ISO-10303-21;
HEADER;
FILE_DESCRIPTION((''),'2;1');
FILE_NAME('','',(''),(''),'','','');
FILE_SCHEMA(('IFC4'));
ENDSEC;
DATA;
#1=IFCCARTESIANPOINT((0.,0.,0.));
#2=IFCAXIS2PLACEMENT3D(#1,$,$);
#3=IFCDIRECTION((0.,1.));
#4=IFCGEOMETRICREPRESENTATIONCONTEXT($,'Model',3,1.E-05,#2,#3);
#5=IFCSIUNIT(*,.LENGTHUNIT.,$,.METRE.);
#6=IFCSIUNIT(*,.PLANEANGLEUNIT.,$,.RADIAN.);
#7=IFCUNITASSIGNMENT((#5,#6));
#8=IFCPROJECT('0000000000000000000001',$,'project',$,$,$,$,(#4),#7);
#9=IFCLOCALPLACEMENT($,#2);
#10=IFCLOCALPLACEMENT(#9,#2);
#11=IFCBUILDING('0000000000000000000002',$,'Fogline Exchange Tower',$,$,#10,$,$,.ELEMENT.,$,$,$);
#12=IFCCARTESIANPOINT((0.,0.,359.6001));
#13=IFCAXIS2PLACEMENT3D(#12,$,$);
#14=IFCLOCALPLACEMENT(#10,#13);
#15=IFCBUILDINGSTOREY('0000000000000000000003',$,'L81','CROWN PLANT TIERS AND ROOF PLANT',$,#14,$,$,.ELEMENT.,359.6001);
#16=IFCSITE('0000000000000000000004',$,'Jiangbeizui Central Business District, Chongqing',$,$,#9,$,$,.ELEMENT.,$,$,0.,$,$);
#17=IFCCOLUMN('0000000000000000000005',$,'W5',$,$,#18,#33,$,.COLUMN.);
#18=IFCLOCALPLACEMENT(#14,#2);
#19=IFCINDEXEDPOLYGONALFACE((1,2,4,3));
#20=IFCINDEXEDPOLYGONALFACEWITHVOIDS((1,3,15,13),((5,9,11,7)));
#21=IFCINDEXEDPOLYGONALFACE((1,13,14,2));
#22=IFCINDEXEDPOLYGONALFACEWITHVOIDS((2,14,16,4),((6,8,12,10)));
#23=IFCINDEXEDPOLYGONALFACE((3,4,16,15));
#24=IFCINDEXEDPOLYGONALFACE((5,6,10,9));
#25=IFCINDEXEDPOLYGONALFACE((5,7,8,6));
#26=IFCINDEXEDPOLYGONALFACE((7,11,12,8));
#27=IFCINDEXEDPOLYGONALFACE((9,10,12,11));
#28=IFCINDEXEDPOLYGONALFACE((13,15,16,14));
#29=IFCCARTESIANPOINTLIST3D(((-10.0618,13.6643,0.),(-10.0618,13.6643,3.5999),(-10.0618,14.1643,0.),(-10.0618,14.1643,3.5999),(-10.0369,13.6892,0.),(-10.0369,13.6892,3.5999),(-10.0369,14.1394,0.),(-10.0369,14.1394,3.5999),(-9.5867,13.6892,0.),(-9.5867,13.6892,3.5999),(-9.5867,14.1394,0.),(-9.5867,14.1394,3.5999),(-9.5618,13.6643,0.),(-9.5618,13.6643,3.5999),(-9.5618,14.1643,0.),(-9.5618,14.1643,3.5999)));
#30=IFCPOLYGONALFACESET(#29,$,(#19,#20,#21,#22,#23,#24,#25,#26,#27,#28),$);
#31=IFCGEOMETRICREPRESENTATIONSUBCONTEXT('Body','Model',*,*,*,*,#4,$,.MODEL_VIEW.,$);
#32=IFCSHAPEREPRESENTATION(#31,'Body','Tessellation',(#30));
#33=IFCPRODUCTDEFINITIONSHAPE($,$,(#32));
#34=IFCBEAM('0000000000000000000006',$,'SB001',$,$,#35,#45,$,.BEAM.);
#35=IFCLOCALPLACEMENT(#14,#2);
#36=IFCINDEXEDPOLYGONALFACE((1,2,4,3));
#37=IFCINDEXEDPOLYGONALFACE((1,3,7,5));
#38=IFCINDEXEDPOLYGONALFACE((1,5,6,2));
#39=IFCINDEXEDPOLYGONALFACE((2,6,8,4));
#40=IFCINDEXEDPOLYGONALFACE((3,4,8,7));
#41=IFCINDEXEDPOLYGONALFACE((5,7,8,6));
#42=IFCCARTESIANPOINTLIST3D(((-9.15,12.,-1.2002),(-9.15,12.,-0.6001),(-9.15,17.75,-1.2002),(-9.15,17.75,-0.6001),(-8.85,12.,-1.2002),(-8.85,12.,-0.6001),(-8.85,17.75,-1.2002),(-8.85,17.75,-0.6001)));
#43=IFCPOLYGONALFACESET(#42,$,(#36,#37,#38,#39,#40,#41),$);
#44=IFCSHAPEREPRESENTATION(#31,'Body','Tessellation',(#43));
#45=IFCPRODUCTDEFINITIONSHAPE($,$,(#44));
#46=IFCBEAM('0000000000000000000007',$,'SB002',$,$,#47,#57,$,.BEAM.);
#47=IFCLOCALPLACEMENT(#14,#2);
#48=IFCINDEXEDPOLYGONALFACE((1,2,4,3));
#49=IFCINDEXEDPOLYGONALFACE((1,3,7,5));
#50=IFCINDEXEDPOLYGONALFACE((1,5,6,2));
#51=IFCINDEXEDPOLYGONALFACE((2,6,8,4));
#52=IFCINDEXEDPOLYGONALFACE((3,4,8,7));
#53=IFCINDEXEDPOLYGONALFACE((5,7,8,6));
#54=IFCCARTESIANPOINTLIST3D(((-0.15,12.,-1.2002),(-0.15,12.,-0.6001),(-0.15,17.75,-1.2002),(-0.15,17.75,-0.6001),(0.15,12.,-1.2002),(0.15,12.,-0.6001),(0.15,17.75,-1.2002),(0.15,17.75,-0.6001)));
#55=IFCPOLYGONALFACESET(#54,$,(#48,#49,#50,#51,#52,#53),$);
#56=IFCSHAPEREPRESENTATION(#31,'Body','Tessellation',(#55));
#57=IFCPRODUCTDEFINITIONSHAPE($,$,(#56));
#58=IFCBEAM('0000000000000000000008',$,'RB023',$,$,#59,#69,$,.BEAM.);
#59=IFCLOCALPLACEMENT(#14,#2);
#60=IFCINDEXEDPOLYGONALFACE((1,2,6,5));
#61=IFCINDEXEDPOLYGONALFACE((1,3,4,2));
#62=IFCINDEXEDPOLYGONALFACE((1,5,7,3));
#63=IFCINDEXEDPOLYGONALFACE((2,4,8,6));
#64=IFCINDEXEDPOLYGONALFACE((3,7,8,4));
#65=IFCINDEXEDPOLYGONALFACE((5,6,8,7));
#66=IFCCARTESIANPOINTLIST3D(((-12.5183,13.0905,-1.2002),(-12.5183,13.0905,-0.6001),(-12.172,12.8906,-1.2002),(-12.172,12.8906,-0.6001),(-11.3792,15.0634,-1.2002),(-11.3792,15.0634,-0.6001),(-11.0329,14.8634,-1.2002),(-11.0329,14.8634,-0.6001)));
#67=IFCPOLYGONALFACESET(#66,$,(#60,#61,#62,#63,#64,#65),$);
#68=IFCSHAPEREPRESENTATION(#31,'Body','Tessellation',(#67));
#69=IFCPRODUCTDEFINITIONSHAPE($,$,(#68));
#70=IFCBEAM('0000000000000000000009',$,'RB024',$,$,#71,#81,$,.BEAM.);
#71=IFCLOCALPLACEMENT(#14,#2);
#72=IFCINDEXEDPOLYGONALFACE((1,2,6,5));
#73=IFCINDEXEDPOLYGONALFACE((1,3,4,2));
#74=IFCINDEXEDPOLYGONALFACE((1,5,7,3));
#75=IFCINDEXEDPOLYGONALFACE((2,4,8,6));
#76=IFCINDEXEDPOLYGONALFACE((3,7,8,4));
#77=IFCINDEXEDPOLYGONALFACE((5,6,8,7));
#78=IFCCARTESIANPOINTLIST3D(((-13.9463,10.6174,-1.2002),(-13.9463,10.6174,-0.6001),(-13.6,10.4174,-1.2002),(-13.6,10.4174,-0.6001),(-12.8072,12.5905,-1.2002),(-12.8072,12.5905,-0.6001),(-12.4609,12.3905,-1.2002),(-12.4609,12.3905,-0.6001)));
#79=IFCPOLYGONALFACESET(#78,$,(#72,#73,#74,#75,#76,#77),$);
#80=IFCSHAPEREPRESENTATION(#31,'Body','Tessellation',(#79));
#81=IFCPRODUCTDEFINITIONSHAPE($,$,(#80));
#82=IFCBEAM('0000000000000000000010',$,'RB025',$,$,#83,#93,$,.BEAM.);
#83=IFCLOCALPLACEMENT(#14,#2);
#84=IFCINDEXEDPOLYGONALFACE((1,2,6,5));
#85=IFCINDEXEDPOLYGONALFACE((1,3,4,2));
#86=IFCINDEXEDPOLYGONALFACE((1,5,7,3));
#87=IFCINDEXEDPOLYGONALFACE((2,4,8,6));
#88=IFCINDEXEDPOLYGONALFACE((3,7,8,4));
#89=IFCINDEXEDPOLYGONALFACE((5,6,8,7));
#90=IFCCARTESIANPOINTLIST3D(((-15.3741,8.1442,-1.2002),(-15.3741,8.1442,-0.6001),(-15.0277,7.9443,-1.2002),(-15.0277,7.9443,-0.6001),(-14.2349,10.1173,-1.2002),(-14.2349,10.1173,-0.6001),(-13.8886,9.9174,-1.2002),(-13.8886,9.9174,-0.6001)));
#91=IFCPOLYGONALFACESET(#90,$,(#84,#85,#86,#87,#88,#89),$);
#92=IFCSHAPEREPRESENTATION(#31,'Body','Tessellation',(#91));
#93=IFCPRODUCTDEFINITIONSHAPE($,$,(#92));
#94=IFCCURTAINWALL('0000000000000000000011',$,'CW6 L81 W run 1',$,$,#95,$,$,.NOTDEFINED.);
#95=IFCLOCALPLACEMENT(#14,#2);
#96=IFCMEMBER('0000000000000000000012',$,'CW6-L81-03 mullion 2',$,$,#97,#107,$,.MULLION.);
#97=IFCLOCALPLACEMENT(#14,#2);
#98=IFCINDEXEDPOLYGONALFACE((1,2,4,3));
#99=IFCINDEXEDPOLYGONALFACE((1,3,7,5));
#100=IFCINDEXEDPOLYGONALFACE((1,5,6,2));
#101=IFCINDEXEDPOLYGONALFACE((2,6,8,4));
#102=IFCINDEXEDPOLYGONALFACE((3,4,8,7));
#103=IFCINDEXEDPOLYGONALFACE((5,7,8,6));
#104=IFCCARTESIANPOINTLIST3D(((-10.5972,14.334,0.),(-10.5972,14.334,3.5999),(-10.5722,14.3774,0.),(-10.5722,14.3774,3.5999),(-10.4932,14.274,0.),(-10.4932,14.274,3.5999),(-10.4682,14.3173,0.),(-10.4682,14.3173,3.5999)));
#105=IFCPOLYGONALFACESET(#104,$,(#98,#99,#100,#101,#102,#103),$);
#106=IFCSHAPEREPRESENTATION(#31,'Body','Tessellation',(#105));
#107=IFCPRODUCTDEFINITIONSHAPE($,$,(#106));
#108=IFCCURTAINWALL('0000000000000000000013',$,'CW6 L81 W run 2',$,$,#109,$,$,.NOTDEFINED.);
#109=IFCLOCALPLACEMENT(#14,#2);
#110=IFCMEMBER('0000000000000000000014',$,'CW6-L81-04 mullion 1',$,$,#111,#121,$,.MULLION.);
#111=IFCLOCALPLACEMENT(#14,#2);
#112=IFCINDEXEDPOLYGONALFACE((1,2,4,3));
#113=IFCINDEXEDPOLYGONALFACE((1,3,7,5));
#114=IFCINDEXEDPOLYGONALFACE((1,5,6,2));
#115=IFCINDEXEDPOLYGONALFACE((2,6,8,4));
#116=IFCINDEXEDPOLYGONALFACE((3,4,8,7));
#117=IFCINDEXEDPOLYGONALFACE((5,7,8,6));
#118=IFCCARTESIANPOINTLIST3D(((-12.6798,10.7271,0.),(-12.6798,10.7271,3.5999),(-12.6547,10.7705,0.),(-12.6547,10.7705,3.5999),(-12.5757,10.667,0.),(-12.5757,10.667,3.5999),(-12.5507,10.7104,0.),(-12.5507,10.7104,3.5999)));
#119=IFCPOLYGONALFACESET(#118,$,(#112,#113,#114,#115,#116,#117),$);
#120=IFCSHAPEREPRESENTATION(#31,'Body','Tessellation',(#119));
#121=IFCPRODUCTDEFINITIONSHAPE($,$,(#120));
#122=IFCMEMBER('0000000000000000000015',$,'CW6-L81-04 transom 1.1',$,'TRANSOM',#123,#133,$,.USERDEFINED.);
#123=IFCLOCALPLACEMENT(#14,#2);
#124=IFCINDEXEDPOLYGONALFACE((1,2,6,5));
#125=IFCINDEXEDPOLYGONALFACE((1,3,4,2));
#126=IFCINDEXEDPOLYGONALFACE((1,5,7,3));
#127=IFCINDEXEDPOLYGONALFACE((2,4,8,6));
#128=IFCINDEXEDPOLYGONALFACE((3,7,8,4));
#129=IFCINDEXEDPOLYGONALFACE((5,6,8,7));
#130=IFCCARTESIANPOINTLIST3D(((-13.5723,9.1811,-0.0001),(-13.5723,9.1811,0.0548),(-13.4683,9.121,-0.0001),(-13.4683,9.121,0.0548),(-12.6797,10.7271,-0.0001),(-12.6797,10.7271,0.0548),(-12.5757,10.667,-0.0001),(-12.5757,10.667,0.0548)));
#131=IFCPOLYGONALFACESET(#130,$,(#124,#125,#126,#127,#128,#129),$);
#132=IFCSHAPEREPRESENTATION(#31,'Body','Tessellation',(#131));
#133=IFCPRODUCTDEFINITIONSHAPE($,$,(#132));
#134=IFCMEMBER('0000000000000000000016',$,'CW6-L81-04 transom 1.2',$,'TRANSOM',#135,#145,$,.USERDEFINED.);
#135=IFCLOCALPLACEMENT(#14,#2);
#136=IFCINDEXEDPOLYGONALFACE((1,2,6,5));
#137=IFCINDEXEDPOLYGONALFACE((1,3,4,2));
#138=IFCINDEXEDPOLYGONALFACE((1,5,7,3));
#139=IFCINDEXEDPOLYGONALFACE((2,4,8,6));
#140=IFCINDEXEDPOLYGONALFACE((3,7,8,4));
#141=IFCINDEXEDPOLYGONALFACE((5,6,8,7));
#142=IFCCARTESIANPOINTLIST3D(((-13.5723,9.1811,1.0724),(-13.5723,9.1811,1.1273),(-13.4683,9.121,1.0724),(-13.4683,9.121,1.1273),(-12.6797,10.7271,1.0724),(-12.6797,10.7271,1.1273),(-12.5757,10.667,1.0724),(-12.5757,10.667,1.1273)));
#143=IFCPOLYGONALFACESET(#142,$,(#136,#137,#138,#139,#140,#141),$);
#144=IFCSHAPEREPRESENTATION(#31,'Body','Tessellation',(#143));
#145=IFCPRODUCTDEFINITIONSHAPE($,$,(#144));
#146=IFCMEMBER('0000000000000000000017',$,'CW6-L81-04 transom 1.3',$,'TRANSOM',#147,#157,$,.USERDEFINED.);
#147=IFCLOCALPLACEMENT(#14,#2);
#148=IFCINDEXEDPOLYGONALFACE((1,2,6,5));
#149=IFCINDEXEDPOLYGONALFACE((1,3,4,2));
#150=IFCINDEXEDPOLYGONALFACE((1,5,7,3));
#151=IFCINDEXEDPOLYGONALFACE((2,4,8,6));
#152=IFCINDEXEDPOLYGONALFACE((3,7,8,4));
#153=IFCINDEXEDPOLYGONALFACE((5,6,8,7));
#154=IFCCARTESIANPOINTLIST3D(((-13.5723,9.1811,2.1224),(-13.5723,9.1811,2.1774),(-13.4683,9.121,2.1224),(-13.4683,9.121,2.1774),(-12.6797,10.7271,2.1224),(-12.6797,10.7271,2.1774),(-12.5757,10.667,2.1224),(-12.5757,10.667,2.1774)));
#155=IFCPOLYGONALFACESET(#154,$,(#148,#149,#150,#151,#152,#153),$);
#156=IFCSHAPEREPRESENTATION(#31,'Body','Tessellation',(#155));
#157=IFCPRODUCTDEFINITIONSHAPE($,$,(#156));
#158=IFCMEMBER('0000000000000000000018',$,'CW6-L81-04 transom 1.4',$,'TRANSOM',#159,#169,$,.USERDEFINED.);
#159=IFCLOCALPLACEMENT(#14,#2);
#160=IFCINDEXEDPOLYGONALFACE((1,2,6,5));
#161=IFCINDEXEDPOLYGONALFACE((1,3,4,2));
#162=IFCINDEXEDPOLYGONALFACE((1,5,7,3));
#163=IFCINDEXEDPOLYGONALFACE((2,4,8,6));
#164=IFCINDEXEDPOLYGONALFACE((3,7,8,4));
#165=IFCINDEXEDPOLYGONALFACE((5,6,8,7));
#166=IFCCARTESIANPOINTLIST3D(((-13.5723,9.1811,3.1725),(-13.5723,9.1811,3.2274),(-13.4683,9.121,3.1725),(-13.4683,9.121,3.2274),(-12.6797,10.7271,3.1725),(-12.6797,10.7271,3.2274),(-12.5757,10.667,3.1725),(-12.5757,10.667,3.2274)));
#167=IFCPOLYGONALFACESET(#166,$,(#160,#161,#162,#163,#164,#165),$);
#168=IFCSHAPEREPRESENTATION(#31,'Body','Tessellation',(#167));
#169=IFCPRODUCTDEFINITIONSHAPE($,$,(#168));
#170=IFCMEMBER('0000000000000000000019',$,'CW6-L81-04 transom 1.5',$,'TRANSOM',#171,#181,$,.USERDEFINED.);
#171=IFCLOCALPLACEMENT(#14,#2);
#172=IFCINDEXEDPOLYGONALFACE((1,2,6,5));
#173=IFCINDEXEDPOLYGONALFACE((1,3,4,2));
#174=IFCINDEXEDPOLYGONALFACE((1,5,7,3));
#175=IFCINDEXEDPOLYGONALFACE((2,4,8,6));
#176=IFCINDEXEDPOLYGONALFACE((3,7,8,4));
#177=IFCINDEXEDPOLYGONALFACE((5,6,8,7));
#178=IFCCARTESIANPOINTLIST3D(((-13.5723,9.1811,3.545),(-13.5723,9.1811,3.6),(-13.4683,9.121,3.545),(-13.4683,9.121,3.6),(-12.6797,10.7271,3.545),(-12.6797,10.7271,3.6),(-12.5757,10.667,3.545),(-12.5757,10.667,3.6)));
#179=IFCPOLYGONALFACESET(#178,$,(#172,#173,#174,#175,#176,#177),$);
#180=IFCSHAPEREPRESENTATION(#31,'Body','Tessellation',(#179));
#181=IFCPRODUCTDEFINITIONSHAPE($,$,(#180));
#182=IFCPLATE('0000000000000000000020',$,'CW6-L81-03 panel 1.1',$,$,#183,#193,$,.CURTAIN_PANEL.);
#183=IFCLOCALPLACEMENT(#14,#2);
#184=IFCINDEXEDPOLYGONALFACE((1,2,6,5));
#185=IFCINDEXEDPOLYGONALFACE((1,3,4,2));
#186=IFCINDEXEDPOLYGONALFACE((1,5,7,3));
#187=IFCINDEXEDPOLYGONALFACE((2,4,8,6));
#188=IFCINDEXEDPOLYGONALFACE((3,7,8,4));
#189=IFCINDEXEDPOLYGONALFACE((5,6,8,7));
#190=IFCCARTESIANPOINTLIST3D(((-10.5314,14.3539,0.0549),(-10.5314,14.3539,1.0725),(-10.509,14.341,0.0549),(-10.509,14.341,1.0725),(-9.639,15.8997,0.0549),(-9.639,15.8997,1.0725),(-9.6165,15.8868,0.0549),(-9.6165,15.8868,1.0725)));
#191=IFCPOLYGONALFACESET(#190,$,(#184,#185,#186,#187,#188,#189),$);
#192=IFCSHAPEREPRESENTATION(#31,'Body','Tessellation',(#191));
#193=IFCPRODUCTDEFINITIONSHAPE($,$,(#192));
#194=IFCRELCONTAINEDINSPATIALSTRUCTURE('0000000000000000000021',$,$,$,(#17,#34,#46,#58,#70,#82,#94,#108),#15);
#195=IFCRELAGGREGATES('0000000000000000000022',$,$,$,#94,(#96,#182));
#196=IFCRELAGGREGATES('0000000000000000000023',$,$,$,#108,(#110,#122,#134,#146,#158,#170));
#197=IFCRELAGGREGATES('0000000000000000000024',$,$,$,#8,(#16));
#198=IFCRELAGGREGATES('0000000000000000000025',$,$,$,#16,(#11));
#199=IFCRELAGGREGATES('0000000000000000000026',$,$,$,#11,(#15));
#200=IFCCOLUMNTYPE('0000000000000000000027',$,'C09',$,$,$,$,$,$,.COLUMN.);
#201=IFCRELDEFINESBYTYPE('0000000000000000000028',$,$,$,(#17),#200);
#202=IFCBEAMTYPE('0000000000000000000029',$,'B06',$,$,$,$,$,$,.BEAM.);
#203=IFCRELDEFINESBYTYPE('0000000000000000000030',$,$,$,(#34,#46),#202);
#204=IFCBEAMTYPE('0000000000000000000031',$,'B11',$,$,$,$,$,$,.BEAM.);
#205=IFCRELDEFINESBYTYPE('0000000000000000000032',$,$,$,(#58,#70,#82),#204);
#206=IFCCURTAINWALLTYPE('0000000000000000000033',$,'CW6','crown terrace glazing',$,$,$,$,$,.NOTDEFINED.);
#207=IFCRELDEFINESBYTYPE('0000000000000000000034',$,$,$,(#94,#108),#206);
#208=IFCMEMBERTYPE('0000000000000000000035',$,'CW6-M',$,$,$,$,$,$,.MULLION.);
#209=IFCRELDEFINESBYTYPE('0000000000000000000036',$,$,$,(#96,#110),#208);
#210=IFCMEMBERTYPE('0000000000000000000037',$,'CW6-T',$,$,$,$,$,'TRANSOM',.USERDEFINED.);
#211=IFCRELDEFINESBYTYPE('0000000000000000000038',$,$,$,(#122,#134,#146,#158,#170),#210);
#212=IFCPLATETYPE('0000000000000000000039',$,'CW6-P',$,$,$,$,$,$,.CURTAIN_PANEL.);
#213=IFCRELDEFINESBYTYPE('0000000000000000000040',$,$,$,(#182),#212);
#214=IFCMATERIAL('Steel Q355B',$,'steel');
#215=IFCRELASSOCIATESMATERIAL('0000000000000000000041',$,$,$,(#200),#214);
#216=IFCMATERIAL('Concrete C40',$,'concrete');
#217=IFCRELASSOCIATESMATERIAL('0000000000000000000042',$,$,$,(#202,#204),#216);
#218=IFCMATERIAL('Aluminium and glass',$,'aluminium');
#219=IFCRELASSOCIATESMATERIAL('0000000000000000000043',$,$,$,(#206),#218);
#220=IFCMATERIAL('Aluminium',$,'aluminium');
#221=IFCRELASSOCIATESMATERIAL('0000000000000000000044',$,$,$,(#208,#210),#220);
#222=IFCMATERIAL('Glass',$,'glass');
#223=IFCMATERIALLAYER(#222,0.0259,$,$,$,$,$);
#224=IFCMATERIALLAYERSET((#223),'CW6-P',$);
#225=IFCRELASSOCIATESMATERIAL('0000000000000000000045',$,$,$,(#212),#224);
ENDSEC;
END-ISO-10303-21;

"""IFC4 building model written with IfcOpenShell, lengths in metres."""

from ifc_helpers import new_model, si_unit, direction, frame, origin, origin_2d, place, context, subcontext, project, spatial, rectangle, hollow_rectangle, extrude, material, layer, layer_set, material_profile, profile_set, type_object, element, aggregate, save


model = new_model("IFC4")

# Units and contexts
model_context = context("Model", 3, precision=1e-05, world=origin(), true_north=direction((0.0, 1.0)))
body_context = subcontext(model_context, "Body", "Model", "MODEL_VIEW")
ifc_project = project(units=[si_unit("LENGTHUNIT", "METRE"), si_unit("PLANEANGLEUNIT", "RADIAN")], contexts=[model_context])

# Site, building, storey
site_placement = place(None, origin())
site = spatial("IfcSite", under=ifc_project, at=site_placement, Name="Jiangbeizui Central Business District, Chongqing", CompositionType="ELEMENT", RefElevation=0.0)
building_placement = place(site_placement, origin())
building = spatial("IfcBuilding", under=site, at=building_placement, Name="Fogline Exchange Tower", CompositionType="ELEMENT")
storey_placement = place(building_placement, frame((0.0, 0.0, 359.6001)))
storey = spatial("IfcBuildingStorey", under=building, at=storey_placement, Name="L81", Description="CROWN PLANT TIERS AND ROOF PLANT", CompositionType="ELEMENT", Elevation=359.6001)

# Column
ifc_material_1 = material(Name="Steel Q355B", Category="steel")
ifc_material_profile_1 = material_profile(ifc_material_1, hollow_rectangle(XDim=0.5, YDim=0.5, WallThickness=0.0249, at=origin_2d()), Name="BOX500X500X25")
ifc_profile_set_1 = profile_set([ifc_material_profile_1], Name="Steel Q355B")
column_type = type_object("IfcColumnType", Name="C09", PredefinedType="COLUMN", material=ifc_profile_set_1)
column_placement = place(storey_placement, frame((-9.8118, 13.9143, 0.0), z_axis=(0.0, 0.0, 1.0), x_axis=(1.0, 0.0, 0.0)))
element("IfcColumn", 1, at=column_placement, inside=storey, type_object=column_type, Name="W5", PredefinedType="COLUMN", context=body_context, shape_type="SweptSolid", body=[
    extrude(hollow_rectangle(XDim=0.5, YDim=0.5, WallThickness=0.0249, at=origin_2d()), origin(), (0.0, 0.0, 1.0), 3.5999),
])

# Beams
ifc_material_2 = material(Name="Concrete C40", Category="concrete")
ifc_material_profile_2 = material_profile(ifc_material_2, rectangle(XDim=0.3, YDim=0.6001, at=origin_2d()), Name="RC 300x600")
ifc_profile_set_2 = profile_set([ifc_material_profile_2], Name="Concrete C40")
beam_type_1 = type_object("IfcBeamType", Name="B06", PredefinedType="BEAM", material=ifc_profile_set_2)
for number, where, z_axis, x_axis, name in (
    (2, (-9.0, 12.0, -0.9001), (0.0, 1.0, 0.0), (-1.0, 0.0, 0.0), "SB001"),
    (3, (0.0, 12.0, -0.9001), (0.0, 1.0, 0.0), (-1.0, 0.0, 0.0), "SB002"),
):
    element("IfcBeam", number, at=place(storey_placement, frame(where, z_axis=z_axis, x_axis=x_axis)), inside=storey, type_object=beam_type_1, Name=name, PredefinedType="BEAM", context=body_context, shape_type="SweptSolid", body=[
        extrude(rectangle(XDim=0.3, YDim=0.6001, at=origin_2d()), origin(), (0.0, 0.0, 1.0), 5.75),
    ])
ifc_material_profile_3 = material_profile(ifc_material_2, rectangle(XDim=0.3999, YDim=0.6001, at=origin_2d()), Name="RC 400x600")
ifc_profile_set_3 = profile_set([ifc_material_profile_3], Name="Concrete C40")
beam_type_2 = type_object("IfcBeamType", Name="B11", PredefinedType="BEAM", material=ifc_profile_set_3)
beam_placement = place(storey_placement, frame((-11.2061, 14.9634, -0.9001), z_axis=(-0.500035, -0.866005, 0.0), x_axis=(0.866005, -0.500035, 0.0)))
element("IfcBeam", 4, at=beam_placement, inside=storey, type_object=beam_type_2, Name="RB023", PredefinedType="BEAM", context=body_context, shape_type="SweptSolid", body=[
    extrude(rectangle(XDim=0.3999, YDim=0.6001, at=origin_2d()), origin(), (0.0, 0.0, 1.0), 2.2781),
])
for number, where, z_axis, x_axis, name in (
    (5, (-12.634, 12.4905, -0.9001), (-0.499988, -0.866032, 0.0), (0.866032, -0.499988, 0.0), "RB024"),
    (6, (-14.0618, 10.0173, -0.9001), (-0.499988, -0.866032, 0.0), (0.866032, -0.499988, 0.0), "RB025"),
):
    element("IfcBeam", number, at=place(storey_placement, frame(where, z_axis=z_axis, x_axis=x_axis)), inside=storey, type_object=beam_type_2, Name=name, PredefinedType="BEAM", context=body_context, shape_type="SweptSolid", body=[
        extrude(rectangle(XDim=0.3999, YDim=0.6001, at=origin_2d()), origin(), (0.0, 0.0, 1.0), 2.2783),
    ])

# Curtain wall, member
ifc_material_3 = material(Name="Aluminium and glass", Category="aluminium")
curtain_wall_type = type_object("IfcCurtainWallType", Name="CW6", Description="crown terrace glazing", PredefinedType="NOTDEFINED", material=ifc_material_3)
curtain_wall_1_placement = place(storey_placement, origin())
curtain_wall_1 = element("IfcCurtainWall", 7, at=curtain_wall_1_placement, inside=storey, type_object=curtain_wall_type, Name="CW6 L81 W run 1", PredefinedType="NOTDEFINED")
ifc_material_4 = material(Name="Aluminium", Category="aluminium")
ifc_material_profile_4 = material_profile(ifc_material_4, rectangle(XDim=0.1201, YDim=0.05, at=origin_2d()), Name="Mullion 50x120")
ifc_profile_set_4 = profile_set([ifc_material_profile_4], Name="Aluminium")
member_type_1 = type_object("IfcMemberType", Name="CW6-M", PredefinedType="MULLION", material=ifc_profile_set_4)
member_1_placement = place(storey_placement, frame((-10.5327, 14.3257, 0.0), z_axis=(0.0, 0.0, 1.0), x_axis=(0.866026, -0.5, 0.0)))
member_1 = element("IfcMember", 8, at=member_1_placement, type_object=member_type_1, Name="CW6-L81-03 mullion 2", PredefinedType="MULLION", context=body_context, shape_type="SweptSolid", body=[
    extrude(rectangle(XDim=0.1201, YDim=0.05, at=origin_2d()), origin(), (0.0, 0.0, 1.0), 3.5999),
])

# Curtain wall, members
curtain_wall_2_placement = place(storey_placement, origin())
curtain_wall_2 = element("IfcCurtainWall", 9, at=curtain_wall_2_placement, inside=storey, type_object=curtain_wall_type, Name="CW6 L81 W run 2", PredefinedType="NOTDEFINED")
member_2_placement = place(storey_placement, frame((-12.6152, 10.7188, 0.0), z_axis=(0.0, 0.0, 1.0), x_axis=(0.866026, -0.5, 0.0)))
member_2 = element("IfcMember", 10, at=member_2_placement, type_object=member_type_1, Name="CW6-L81-04 mullion 1", PredefinedType="MULLION", context=body_context, shape_type="SweptSolid", body=[
    extrude(rectangle(XDim=0.1201, YDim=0.05, at=origin_2d()), origin(), (0.0, 0.0, 1.0), 3.5999),
])
ifc_material_profile_5 = material_profile(ifc_material_4, rectangle(XDim=0.1201, YDim=0.0549, at=origin_2d()), Name="Transom 55x120")
ifc_profile_set_5 = profile_set([ifc_material_profile_5], Name="Aluminium")
member_type_2 = type_object("IfcMemberType", Name="CW6-T", ElementType="TRANSOM", PredefinedType="USERDEFINED", material=ifc_profile_set_5)
member_3_placement = place(storey_placement, frame((-12.6277, 10.697, 0.0273), z_axis=(-0.500022, -0.866012, 0.0), x_axis=(0.866012, -0.500022, 0.0)))
member_3 = element("IfcMember", 11, at=member_3_placement, type_object=member_type_2, Name="CW6-L81-04 transom 1.1", ObjectType="TRANSOM", PredefinedType="USERDEFINED", context=body_context, shape_type="SweptSolid", body=[
    extrude(rectangle(XDim=0.1201, YDim=0.0549, at=origin_2d()), origin(), (0.0, 0.0, 1.0), 1.7852),
])
member_4_placement = place(storey_placement, frame((-12.6277, 10.697, 1.0999), z_axis=(-0.500022, -0.866012, 0.0), x_axis=(0.866012, -0.500022, 0.0)))
member_4 = element("IfcMember", 12, at=member_4_placement, type_object=member_type_2, Name="CW6-L81-04 transom 1.2", ObjectType="TRANSOM", PredefinedType="USERDEFINED", context=body_context, shape_type="SweptSolid", body=[
    extrude(rectangle(XDim=0.1201, YDim=0.0549, at=origin_2d()), origin(), (0.0, 0.0, 1.0), 1.7852),
])
member_5_placement = place(storey_placement, frame((-12.6277, 10.697, 2.1499), z_axis=(-0.500022, -0.866012, 0.0), x_axis=(0.866012, -0.500022, 0.0)))
member_5 = element("IfcMember", 13, at=member_5_placement, type_object=member_type_2, Name="CW6-L81-04 transom 1.3", ObjectType="TRANSOM", PredefinedType="USERDEFINED", context=body_context, shape_type="SweptSolid", body=[
    extrude(rectangle(XDim=0.1201, YDim=0.0549, at=origin_2d()), origin(), (0.0, 0.0, 1.0), 1.7852),
])
member_6_placement = place(storey_placement, frame((-12.6277, 10.697, 3.2), z_axis=(-0.500022, -0.866012, 0.0), x_axis=(0.866012, -0.500022, 0.0)))
member_6 = element("IfcMember", 14, at=member_6_placement, type_object=member_type_2, Name="CW6-L81-04 transom 1.4", ObjectType="TRANSOM", PredefinedType="USERDEFINED", context=body_context, shape_type="SweptSolid", body=[
    extrude(rectangle(XDim=0.1201, YDim=0.0549, at=origin_2d()), origin(), (0.0, 0.0, 1.0), 1.7852),
])
member_7_placement = place(storey_placement, frame((-12.6277, 10.697, 3.5725), z_axis=(-0.500022, -0.866012, 0.0), x_axis=(0.866012, -0.500022, 0.0)))
member_7 = element("IfcMember", 15, at=member_7_placement, type_object=member_type_2, Name="CW6-L81-04 transom 1.5", ObjectType="TRANSOM", PredefinedType="USERDEFINED", context=body_context, shape_type="SweptSolid", body=[
    extrude(rectangle(XDim=0.1201, YDim=0.0549, at=origin_2d()), origin(), (0.0, 0.0, 1.0), 1.7852),
])

# Plate
ifc_material_5 = material(Name="Glass", Category="glass")
ifc_layer_1 = layer(ifc_material_5, 0.0259)
ifc_layer_set_1 = layer_set([ifc_layer_1], Name="CW6-P")
plate_type = type_object("IfcPlateType", Name="CW6-P", PredefinedType="CURTAIN_PANEL", material=ifc_layer_set_1)
plate_1_placement = place(storey_placement, frame((-10.074, 15.1204, 0.0549), z_axis=(0.0, 0.0, 1.0), x_axis=(-0.5, -0.866026, 0.0)))
plate_1 = element("IfcPlate", 16, at=plate_1_placement, type_object=plate_type, Name="CW6-L81-03 panel 1.1", PredefinedType="CURTAIN_PANEL", context=body_context, shape_type="SweptSolid", body=[
    extrude(rectangle(XDim=1.7849, YDim=0.0259, at=origin_2d()), origin(), (0.0, 0.0, 1.0), 1.0176),
])
aggregate(curtain_wall_1, [member_1, plate_1])
aggregate(curtain_wall_2, [member_2, member_3, member_4, member_5, member_6, member_7])

save(model, "model.ifc")
